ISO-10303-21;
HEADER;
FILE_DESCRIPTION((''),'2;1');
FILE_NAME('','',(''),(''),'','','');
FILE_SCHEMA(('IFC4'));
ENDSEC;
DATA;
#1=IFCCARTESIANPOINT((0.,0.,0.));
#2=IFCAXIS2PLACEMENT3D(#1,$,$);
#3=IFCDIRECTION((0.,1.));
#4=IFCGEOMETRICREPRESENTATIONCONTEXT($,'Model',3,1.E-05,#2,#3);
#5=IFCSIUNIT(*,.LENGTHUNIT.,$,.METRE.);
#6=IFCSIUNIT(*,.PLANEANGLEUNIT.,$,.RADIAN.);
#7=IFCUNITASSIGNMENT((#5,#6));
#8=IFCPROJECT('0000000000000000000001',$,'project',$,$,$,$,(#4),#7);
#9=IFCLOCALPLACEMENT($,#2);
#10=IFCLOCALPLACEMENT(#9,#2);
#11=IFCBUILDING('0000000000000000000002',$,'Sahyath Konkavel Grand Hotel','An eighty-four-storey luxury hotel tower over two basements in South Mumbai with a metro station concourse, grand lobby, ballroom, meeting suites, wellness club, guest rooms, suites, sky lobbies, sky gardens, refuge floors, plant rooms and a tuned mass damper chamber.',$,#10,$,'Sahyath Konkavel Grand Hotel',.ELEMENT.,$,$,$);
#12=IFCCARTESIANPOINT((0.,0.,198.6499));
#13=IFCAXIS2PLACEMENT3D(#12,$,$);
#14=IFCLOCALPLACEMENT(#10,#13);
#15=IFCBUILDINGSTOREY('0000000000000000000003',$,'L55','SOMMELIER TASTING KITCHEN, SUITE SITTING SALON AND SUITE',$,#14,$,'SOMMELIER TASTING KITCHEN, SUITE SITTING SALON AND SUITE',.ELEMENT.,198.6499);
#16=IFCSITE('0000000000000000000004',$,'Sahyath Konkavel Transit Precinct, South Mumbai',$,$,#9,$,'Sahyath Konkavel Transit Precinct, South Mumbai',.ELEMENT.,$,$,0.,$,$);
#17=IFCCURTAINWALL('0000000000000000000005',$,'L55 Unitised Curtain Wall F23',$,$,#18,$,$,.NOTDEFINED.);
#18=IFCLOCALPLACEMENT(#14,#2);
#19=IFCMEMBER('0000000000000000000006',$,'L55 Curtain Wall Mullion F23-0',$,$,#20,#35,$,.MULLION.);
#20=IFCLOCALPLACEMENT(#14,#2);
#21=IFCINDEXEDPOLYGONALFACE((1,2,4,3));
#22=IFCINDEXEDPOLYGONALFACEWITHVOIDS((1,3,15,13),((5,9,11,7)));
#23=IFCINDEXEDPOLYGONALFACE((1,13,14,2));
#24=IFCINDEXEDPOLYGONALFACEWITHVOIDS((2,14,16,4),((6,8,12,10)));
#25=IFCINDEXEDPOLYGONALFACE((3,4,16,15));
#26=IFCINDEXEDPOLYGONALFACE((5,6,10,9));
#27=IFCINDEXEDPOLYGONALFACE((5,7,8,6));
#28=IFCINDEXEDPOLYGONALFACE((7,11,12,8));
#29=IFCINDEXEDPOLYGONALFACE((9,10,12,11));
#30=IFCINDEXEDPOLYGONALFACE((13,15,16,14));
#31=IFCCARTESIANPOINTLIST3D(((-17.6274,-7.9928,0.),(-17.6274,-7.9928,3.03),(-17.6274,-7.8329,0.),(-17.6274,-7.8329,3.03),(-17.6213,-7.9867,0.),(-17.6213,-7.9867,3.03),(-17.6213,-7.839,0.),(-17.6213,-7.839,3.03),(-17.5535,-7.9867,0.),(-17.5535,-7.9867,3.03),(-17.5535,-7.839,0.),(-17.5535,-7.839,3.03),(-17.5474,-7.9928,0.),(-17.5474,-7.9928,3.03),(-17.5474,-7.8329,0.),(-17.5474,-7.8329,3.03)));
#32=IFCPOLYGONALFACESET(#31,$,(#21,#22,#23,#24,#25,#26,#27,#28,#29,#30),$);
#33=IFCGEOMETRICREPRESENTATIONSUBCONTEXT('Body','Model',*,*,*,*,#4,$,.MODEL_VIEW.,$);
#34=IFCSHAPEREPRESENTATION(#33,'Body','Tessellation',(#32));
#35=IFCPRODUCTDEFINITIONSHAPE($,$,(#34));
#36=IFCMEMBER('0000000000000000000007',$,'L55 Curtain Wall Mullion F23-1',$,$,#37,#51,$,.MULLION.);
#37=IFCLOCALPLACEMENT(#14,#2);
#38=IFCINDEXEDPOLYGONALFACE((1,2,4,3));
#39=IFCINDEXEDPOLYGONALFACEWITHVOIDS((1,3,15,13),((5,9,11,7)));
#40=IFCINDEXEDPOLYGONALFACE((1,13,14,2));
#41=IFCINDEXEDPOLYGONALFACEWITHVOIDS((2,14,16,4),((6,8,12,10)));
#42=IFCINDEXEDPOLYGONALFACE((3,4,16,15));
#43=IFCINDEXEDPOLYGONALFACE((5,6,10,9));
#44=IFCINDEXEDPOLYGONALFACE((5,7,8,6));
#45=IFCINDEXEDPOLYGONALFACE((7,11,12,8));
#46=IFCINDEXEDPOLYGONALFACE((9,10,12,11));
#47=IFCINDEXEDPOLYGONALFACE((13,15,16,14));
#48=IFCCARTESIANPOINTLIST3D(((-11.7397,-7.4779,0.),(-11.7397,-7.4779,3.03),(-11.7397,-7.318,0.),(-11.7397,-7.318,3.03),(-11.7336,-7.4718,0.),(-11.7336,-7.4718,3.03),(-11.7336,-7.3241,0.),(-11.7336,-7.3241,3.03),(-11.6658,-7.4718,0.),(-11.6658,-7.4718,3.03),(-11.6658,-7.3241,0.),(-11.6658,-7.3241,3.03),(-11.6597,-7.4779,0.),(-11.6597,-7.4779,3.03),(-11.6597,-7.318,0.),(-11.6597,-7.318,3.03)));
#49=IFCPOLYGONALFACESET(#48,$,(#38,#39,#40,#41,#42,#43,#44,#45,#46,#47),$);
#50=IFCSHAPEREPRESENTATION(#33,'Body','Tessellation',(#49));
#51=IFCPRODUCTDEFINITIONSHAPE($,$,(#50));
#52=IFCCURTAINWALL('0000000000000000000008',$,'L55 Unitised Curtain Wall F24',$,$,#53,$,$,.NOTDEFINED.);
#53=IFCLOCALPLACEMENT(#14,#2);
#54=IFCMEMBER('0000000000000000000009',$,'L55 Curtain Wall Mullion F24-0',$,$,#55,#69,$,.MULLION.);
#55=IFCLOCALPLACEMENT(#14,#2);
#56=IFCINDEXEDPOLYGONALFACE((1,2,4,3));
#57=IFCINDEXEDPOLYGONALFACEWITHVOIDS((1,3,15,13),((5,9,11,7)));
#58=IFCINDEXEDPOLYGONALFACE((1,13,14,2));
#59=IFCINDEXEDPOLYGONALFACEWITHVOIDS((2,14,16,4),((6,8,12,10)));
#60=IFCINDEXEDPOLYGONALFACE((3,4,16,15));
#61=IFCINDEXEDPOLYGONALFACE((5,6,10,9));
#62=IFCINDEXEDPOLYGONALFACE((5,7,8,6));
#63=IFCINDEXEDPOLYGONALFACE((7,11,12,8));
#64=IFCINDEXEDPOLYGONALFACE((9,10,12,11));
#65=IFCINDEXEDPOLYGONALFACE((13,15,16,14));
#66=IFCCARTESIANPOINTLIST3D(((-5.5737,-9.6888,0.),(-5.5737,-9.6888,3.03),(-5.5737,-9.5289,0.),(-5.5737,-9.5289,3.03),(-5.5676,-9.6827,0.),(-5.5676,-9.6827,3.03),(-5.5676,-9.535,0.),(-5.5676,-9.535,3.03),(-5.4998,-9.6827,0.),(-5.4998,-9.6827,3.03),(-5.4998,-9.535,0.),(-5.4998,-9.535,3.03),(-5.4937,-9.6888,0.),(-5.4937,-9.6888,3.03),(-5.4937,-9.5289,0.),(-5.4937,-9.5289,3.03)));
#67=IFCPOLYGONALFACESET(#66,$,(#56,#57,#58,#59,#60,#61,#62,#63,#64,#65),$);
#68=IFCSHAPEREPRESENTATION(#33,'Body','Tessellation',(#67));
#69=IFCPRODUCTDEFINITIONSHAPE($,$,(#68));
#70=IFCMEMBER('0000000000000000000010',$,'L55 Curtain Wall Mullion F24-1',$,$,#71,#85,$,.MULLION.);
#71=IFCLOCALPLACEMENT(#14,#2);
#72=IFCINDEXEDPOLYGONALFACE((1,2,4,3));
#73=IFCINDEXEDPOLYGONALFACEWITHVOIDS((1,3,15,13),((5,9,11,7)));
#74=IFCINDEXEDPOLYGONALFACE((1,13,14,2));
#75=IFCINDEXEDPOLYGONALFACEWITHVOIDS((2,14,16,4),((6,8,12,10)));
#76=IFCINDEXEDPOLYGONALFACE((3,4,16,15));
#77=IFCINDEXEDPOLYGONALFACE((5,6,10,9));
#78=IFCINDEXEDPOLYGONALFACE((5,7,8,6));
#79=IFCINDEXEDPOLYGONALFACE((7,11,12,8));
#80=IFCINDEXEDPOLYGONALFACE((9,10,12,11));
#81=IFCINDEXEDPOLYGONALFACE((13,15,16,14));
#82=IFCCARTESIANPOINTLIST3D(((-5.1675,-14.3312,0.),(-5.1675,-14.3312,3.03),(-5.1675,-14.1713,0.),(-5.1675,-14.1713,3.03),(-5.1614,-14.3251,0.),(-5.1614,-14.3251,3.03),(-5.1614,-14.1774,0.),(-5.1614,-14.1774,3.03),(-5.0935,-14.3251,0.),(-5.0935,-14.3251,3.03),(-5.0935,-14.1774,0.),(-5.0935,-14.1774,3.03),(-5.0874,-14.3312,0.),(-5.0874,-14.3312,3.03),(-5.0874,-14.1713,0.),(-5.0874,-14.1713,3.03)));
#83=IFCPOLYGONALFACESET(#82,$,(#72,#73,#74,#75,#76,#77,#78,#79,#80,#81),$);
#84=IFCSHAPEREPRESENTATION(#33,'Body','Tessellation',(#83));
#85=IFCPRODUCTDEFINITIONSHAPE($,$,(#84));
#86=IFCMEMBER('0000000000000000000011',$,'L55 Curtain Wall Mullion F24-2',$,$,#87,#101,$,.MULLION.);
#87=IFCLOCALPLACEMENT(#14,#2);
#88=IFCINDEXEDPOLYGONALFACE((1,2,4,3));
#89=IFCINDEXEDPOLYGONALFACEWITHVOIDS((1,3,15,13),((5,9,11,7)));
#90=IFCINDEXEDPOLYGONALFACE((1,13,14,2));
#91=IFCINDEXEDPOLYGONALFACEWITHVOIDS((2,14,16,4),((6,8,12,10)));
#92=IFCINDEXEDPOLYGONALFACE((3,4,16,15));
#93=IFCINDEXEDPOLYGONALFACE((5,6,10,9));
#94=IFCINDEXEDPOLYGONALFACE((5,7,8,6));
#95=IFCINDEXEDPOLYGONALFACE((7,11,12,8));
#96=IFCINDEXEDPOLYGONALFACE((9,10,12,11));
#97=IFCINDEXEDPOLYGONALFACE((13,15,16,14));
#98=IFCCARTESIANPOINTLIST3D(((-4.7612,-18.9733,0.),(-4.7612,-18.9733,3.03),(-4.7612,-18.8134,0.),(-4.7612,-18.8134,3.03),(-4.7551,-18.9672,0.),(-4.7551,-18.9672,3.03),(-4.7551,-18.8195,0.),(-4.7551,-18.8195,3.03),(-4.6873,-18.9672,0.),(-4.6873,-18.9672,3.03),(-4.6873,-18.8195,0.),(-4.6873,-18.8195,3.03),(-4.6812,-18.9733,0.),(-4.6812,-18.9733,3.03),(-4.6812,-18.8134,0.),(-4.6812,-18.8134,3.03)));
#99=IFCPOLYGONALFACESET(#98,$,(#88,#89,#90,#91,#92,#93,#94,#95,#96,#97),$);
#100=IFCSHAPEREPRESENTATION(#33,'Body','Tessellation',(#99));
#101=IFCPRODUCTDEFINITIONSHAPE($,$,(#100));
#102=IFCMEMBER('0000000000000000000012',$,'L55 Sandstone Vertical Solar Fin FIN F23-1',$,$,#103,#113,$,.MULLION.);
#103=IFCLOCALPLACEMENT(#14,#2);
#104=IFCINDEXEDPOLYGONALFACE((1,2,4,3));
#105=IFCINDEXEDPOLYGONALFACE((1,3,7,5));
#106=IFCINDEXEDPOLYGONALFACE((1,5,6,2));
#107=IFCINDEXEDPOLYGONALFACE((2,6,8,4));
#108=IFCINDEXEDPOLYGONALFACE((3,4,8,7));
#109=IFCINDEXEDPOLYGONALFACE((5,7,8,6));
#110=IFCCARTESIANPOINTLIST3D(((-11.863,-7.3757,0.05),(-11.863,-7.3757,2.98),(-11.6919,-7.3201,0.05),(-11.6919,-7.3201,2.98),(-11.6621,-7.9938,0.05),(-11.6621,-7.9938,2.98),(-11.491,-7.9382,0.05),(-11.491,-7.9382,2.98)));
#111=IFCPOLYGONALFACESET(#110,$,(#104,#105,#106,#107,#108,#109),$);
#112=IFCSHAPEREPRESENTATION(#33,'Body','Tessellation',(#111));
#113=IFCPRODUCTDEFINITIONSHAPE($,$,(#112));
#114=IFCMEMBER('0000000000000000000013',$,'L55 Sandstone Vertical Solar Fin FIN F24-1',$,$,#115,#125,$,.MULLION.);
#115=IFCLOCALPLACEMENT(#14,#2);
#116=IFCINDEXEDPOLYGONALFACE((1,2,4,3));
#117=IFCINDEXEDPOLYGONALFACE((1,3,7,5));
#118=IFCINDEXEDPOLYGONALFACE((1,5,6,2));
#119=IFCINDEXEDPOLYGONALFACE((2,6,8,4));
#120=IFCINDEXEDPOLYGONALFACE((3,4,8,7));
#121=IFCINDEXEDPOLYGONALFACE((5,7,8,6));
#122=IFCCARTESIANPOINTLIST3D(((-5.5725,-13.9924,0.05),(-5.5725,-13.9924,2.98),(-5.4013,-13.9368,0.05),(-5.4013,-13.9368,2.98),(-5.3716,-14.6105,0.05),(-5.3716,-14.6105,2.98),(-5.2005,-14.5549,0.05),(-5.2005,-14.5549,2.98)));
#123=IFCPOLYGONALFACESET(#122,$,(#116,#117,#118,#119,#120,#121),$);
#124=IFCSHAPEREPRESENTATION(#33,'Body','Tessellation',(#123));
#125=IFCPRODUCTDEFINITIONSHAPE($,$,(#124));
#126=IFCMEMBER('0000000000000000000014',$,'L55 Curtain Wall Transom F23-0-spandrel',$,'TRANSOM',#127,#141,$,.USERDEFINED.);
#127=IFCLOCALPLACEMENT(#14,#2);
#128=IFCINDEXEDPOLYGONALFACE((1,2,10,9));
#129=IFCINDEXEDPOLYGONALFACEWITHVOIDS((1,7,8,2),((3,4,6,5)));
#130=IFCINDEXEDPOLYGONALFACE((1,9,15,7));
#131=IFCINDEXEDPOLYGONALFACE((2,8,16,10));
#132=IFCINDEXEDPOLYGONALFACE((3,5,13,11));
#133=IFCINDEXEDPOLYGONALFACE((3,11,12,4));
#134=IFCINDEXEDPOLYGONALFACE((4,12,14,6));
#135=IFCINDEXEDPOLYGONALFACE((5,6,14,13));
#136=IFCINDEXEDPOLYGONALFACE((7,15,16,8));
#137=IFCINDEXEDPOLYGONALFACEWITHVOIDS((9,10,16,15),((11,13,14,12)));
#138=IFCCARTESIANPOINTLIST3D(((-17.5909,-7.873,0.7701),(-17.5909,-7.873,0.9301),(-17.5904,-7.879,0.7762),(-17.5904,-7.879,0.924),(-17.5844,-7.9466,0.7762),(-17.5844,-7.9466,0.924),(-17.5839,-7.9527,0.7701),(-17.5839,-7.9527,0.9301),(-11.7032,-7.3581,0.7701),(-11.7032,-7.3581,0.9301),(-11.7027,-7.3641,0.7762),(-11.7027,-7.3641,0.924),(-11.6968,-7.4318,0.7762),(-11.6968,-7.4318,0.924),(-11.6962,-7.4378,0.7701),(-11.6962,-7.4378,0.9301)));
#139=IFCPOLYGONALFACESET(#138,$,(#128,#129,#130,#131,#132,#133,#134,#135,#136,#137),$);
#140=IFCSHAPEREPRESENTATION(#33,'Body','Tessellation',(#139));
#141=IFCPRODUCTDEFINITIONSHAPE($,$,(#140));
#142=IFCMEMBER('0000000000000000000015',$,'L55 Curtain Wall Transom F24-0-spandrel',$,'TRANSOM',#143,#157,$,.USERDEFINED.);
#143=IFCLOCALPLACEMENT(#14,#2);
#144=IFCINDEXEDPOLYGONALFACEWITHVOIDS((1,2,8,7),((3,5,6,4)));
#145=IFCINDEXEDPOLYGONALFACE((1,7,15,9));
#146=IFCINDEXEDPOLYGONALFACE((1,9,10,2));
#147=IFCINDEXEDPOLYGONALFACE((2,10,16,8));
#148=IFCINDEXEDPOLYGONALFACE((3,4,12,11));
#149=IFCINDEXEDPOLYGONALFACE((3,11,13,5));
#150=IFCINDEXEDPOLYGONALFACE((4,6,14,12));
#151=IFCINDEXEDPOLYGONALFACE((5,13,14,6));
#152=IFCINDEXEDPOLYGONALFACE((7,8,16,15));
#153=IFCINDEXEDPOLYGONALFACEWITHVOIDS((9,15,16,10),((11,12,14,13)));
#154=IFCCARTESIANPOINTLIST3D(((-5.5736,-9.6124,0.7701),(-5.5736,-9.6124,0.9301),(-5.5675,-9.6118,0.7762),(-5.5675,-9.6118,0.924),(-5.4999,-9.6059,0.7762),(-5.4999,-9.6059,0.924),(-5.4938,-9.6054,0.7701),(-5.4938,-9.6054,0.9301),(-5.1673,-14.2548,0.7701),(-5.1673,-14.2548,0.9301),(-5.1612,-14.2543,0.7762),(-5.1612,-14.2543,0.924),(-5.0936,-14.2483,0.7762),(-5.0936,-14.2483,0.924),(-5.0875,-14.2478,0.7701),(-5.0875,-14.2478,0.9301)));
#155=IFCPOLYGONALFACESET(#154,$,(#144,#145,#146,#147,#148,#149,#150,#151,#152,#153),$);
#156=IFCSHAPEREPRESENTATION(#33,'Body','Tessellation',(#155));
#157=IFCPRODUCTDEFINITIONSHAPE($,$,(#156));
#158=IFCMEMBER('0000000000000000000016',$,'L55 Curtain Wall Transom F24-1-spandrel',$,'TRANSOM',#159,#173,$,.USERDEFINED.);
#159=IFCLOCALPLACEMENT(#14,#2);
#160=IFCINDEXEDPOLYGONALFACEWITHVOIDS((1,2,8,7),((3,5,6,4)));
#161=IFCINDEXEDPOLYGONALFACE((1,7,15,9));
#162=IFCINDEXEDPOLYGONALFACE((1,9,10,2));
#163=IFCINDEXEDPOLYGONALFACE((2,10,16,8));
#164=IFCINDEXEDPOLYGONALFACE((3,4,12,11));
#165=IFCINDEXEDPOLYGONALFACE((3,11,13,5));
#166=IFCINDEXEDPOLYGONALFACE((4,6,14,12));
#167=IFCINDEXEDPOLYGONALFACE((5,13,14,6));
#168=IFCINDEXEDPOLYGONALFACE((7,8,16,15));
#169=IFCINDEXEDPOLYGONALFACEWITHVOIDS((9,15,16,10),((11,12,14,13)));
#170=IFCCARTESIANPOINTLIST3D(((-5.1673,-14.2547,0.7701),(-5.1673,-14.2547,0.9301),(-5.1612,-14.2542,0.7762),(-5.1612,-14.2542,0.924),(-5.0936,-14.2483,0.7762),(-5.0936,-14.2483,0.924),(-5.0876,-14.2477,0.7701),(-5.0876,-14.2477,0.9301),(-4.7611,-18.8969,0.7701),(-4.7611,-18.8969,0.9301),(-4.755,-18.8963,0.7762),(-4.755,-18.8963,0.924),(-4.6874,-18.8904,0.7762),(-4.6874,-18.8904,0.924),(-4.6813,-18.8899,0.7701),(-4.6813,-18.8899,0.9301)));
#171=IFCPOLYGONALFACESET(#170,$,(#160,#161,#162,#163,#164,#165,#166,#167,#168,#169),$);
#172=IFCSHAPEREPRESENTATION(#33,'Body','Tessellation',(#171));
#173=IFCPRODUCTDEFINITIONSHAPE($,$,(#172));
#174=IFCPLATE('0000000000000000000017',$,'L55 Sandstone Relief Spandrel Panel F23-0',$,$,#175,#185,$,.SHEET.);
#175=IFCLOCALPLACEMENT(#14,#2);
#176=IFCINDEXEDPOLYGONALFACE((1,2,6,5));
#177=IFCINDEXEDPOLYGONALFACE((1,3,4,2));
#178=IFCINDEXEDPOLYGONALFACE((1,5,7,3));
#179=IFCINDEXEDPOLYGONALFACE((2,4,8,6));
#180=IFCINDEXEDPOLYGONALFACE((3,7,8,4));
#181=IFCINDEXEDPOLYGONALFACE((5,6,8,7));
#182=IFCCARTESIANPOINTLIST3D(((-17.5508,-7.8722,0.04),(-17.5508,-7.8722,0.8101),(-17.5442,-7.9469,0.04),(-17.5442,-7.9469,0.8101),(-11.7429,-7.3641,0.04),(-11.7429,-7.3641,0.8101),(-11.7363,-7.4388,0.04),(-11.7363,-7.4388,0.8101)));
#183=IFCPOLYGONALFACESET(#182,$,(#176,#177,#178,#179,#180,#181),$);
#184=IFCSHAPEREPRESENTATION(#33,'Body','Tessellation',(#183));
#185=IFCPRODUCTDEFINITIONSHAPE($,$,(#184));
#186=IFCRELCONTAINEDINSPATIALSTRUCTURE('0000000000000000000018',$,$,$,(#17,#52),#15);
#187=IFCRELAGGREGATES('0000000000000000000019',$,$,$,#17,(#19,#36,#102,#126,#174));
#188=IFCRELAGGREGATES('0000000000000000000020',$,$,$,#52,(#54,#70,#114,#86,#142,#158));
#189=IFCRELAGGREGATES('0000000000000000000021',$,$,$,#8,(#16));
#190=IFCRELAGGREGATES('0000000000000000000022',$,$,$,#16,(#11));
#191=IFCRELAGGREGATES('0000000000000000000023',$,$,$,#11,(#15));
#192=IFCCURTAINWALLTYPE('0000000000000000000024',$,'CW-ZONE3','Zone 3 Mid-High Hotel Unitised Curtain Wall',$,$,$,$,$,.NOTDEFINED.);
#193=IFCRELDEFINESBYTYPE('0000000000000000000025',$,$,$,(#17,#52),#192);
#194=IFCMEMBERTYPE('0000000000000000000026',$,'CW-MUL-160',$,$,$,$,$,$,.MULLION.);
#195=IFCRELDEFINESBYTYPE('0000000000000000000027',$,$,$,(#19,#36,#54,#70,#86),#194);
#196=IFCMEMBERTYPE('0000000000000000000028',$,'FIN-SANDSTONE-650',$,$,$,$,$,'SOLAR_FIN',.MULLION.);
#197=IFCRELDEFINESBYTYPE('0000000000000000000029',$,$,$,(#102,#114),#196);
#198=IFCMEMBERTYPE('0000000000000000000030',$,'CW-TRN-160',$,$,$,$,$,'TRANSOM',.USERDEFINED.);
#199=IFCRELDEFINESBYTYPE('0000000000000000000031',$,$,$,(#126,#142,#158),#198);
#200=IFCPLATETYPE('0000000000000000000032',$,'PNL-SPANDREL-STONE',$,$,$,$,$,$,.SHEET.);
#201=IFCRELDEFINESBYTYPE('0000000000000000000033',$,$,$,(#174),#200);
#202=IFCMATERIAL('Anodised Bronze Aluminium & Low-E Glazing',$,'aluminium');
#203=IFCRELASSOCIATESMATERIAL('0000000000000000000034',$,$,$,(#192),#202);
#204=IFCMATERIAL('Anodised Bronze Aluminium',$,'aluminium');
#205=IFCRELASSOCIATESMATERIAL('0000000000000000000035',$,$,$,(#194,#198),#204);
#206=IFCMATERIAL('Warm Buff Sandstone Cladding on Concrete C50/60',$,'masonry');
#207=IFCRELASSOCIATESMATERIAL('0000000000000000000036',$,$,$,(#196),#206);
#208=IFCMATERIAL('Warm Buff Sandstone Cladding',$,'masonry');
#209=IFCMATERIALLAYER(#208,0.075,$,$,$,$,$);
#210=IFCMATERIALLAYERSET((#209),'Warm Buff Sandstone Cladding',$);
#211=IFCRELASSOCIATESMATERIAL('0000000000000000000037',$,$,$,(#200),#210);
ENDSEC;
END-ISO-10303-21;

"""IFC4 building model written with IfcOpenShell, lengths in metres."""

from ifc_helpers import new_model, si_unit, direction, frame, origin, origin_2d, place, context, subcontext, project, spatial, rectangle, hollow_rectangle, extrude, source, transform, mapped, material, layer, layer_set, material_profile, profile_set, type_object, element, aggregate, save


model = new_model("IFC4")

# Units and contexts
model_context = context("Model", 3, precision=1e-05, world=origin(), true_north=direction((0.0, 1.0)))
body_context = subcontext(model_context, "Body", "Model", "MODEL_VIEW")
ifc_project = project(units=[si_unit("LENGTHUNIT", "METRE"), si_unit("PLANEANGLEUNIT", "RADIAN")], contexts=[model_context])

# Site, building, storey
site_placement = place(None, origin())
site = spatial("IfcSite", under=ifc_project, at=site_placement, Name="Sahyath Konkavel Transit Precinct, South Mumbai", LongName="Sahyath Konkavel Transit Precinct, South Mumbai", CompositionType="ELEMENT", RefElevation=0.0)
building_placement = place(site_placement, origin())
building = spatial("IfcBuilding", under=site, at=building_placement, Name="Sahyath Konkavel Grand Hotel", Description="An eighty-four-storey luxury hotel tower over two basements in South Mumbai with a metro station concourse, grand lobby, ballroom, meeting suites, wellness club, guest rooms, suites, sky lobbies, sky gardens, refuge floors, plant rooms and a tuned mass damper chamber.", LongName="Sahyath Konkavel Grand Hotel", CompositionType="ELEMENT")
storey_placement = place(building_placement, frame((0.0, 0.0, 198.6499)))
storey = spatial("IfcBuildingStorey", under=building, at=storey_placement, Name="L55", Description="SOMMELIER TASTING KITCHEN, SUITE SITTING SALON AND SUITE", LongName="SOMMELIER TASTING KITCHEN, SUITE SITTING SALON AND SUITE", CompositionType="ELEMENT", Elevation=198.6499)

# Curtain walls, members
ifc_material_1 = material(Name="Anodised Bronze Aluminium & Low-E Glazing", Category="aluminium")
curtain_wall_type = type_object("IfcCurtainWallType", Name="CW-ZONE3", Description="Zone 3 Mid-High Hotel Unitised Curtain Wall", PredefinedType="NOTDEFINED", material=ifc_material_1)
curtain_wall_1_placement = place(storey_placement, origin())
curtain_wall_1 = element("IfcCurtainWall", 1, at=curtain_wall_1_placement, inside=storey, type_object=curtain_wall_type, Name="L55 Unitised Curtain Wall F23", PredefinedType="NOTDEFINED")
ifc_material_2 = material(Name="Anodised Bronze Aluminium", Category="aluminium")
ifc_material_profile_1 = material_profile(ifc_material_2, hollow_rectangle(XDim=0.0801, YDim=0.1599, WallThickness=0.0061, at=origin_2d()), Name="RHS 160x80x6")
ifc_profile_set_1 = profile_set([ifc_material_profile_1], Name="Anodised Bronze Aluminium")
member_type_1 = type_object("IfcMemberType", Name="CW-MUL-160", PredefinedType="MULLION", material=ifc_profile_set_1)
shared_shape_1 = source(origin(), body_context, "Body", "SweptSolid", [
    extrude(hollow_rectangle(XDim=0.0801, YDim=0.1599, WallThickness=0.0061, at=origin_2d()), origin(), (0.0, 0.0, 1.0), 3.03),
])
member_1_placement = place(storey_placement, frame((-17.5874, -7.9128, 0.0), z_axis=(0.0, 0.0, 1.0), x_axis=(1.0, 0.0, 0.0)))
member_1 = element("IfcMember", 2, at=member_1_placement, type_object=member_type_1, Name="L55 Curtain Wall Mullion F23-0", PredefinedType="MULLION", context=body_context, shape_type="MappedRepresentation", body=[
    mapped(shared_shape_1, transform((0.0, 0.0, 0.0), scale=1.0)),
])
member_2_placement = place(storey_placement, frame((-11.6997, -7.3979, 0.0), z_axis=(0.0, 0.0, 1.0), x_axis=(1.0, 0.0, 0.0)))
member_2 = element("IfcMember", 3, at=member_2_placement, type_object=member_type_1, Name="L55 Curtain Wall Mullion F23-1", PredefinedType="MULLION", context=body_context, shape_type="MappedRepresentation", body=[
    mapped(shared_shape_1, transform((0.0, 0.0, 0.0), scale=1.0)),
])
curtain_wall_2_placement = place(storey_placement, origin())
curtain_wall_2 = element("IfcCurtainWall", 4, at=curtain_wall_2_placement, inside=storey, type_object=curtain_wall_type, Name="L55 Unitised Curtain Wall F24", PredefinedType="NOTDEFINED")
member_3_placement = place(storey_placement, frame((-5.5337, -9.6089, 0.0), z_axis=(0.0, 0.0, 1.0), x_axis=(1.0, 0.0, 0.0)))
member_3 = element("IfcMember", 5, at=member_3_placement, type_object=member_type_1, Name="L55 Curtain Wall Mullion F24-0", PredefinedType="MULLION", context=body_context, shape_type="MappedRepresentation", body=[
    mapped(shared_shape_1, transform((0.0, 0.0, 0.0), scale=1.0)),
])
member_4_placement = place(storey_placement, frame((-5.1274, -14.2512, 0.0), z_axis=(0.0, 0.0, 1.0), x_axis=(1.0, 0.0, 0.0)))
member_4 = element("IfcMember", 6, at=member_4_placement, type_object=member_type_1, Name="L55 Curtain Wall Mullion F24-1", PredefinedType="MULLION", context=body_context, shape_type="MappedRepresentation", body=[
    mapped(shared_shape_1, transform((0.0, 0.0, 0.0), scale=1.0)),
])
member_5_placement = place(storey_placement, frame((-4.7212, -18.8933, 0.0), z_axis=(0.0, 0.0, 1.0), x_axis=(1.0, 0.0, 0.0)))
member_5 = element("IfcMember", 7, at=member_5_placement, type_object=member_type_1, Name="L55 Curtain Wall Mullion F24-2", PredefinedType="MULLION", context=body_context, shape_type="MappedRepresentation", body=[
    mapped(shared_shape_1, transform((0.0, 0.0, 0.0), scale=1.0)),
])

# Members
ifc_material_3 = material(Name="Warm Buff Sandstone Cladding on Concrete C50/60", Category="masonry")
ifc_material_profile_2 = material_profile(ifc_material_3, rectangle(XDim=0.1799, YDim=0.6499, at=origin_2d()), Name="FIN 180x650")
ifc_profile_set_2 = profile_set([ifc_material_profile_2], Name="Warm Buff Sandstone Cladding on Concrete C50/60")
member_type_2 = type_object("IfcMemberType", Name="FIN-SANDSTONE-650", ElementType="SOLAR_FIN", PredefinedType="MULLION", material=ifc_profile_set_2)
shared_shape_2 = source(origin(), body_context, "Body", "SweptSolid", [
    extrude(rectangle(XDim=0.1799, YDim=0.6499, at=origin_2d()), origin(), (0.0, 0.0, 1.0), 2.9299),
])
member_6_placement = place(storey_placement, frame((-11.677, -7.657, 0.05), z_axis=(0.0, 0.0, 1.0), x_axis=(0.951057, 0.309017, 0.0)))
member_6 = element("IfcMember", 8, at=member_6_placement, type_object=member_type_2, Name="L55 Sandstone Vertical Solar Fin FIN F23-1", PredefinedType="MULLION", context=body_context, shape_type="MappedRepresentation", body=[
    mapped(shared_shape_2, transform((0.0, 0.0, 0.0), scale=1.0)),
])
member_7_placement = place(storey_placement, frame((-5.3865, -14.2737, 0.05), z_axis=(0.0, 0.0, 1.0), x_axis=(0.951057, 0.309017, 0.0)))
member_7 = element("IfcMember", 9, at=member_7_placement, type_object=member_type_2, Name="L55 Sandstone Vertical Solar Fin FIN F24-1", PredefinedType="MULLION", context=body_context, shape_type="MappedRepresentation", body=[
    mapped(shared_shape_2, transform((0.0, 0.0, 0.0), scale=1.0)),
])
ifc_material_profile_3 = material_profile(ifc_material_2, hollow_rectangle(XDim=0.0801, YDim=0.1599, WallThickness=0.0061, at=origin_2d()), Name="RHS 160x80x6")
ifc_profile_set_3 = profile_set([ifc_material_profile_3], Name="Anodised Bronze Aluminium")
member_type_3 = type_object("IfcMemberType", Name="CW-TRN-160", ElementType="TRANSOM", PredefinedType="USERDEFINED", material=ifc_profile_set_3)
shared_shape_3 = source(origin(), body_context, "Body", "SweptSolid", [
    extrude(hollow_rectangle(XDim=0.0801, YDim=0.1599, WallThickness=0.0061, at=origin_2d()), origin(), (0.0, 0.0, 1.0), 5.9102),
])
member_8_placement = place(storey_placement, frame((-17.5874, -7.9128, 0.8501), z_axis=(0.996198, 0.08712, 0.0), x_axis=(-0.08712, 0.996198, 0.0)))
member_8 = element("IfcMember", 10, at=member_8_placement, type_object=member_type_3, Name="L55 Curtain Wall Transom F23-0-spandrel", ObjectType="TRANSOM", PredefinedType="USERDEFINED", context=body_context, shape_type="MappedRepresentation", body=[
    mapped(shared_shape_3, transform((0.0, 0.0, 0.0), scale=1.0)),
])
shared_shape_4 = source(origin(), body_context, "Body", "SweptSolid", [
    extrude(hollow_rectangle(XDim=0.0801, YDim=0.1599, WallThickness=0.0061, at=origin_2d()), origin(), (0.0, 0.0, 1.0), 4.6602),
])
member_9_placement = place(storey_placement, frame((-5.5337, -9.6089, 0.8501), z_axis=(0.087177, -0.996193, 0.0), x_axis=(0.996193, 0.087177, 0.0)))
member_9 = element("IfcMember", 11, at=member_9_placement, type_object=member_type_3, Name="L55 Curtain Wall Transom F24-0-spandrel", ObjectType="TRANSOM", PredefinedType="USERDEFINED", context=body_context, shape_type="MappedRepresentation", body=[
    mapped(shared_shape_4, transform((0.0, 0.0, 0.0), scale=1.0)),
])
shared_shape_5 = source(origin(), body_context, "Body", "SweptSolid", [
    extrude(hollow_rectangle(XDim=0.0801, YDim=0.1599, WallThickness=0.0061, at=origin_2d()), origin(), (0.0, 0.0, 1.0), 4.6599),
])
member_10_placement = place(storey_placement, frame((-5.1274, -14.2512, 0.8501), z_axis=(0.087181, -0.996192, 0.0), x_axis=(0.996192, 0.087181, 0.0)))
member_10 = element("IfcMember", 12, at=member_10_placement, type_object=member_type_3, Name="L55 Curtain Wall Transom F24-1-spandrel", ObjectType="TRANSOM", PredefinedType="USERDEFINED", context=body_context, shape_type="MappedRepresentation", body=[
    mapped(shared_shape_5, transform((0.0, 0.0, 0.0), scale=1.0)),
])

# Plate
ifc_material_4 = material(Name="Warm Buff Sandstone Cladding", Category="masonry")
ifc_layer_1 = layer(ifc_material_4, 0.075)
ifc_layer_set_1 = layer_set([ifc_layer_1], Name="Warm Buff Sandstone Cladding")
plate_type_1 = type_object("IfcPlateType", Name="PNL-SPANDREL-STONE", PredefinedType="SHEET", material=ifc_layer_set_1)
shared_shape_6 = source(origin(), body_context, "Body", "SweptSolid", [
    extrude(rectangle(XDim=5.8301, YDim=0.075, at=origin_2d()), origin(), (0.0, 0.0, 1.0), 0.77),
])
plate_1_placement = place(storey_placement, frame((-14.6436, -7.6555, 0.04), z_axis=(0.0, 0.0, 1.0), x_axis=(0.996195, 0.087156, 0.0)))
plate_1 = element("IfcPlate", 13, at=plate_1_placement, type_object=plate_type_1, Name="L55 Sandstone Relief Spandrel Panel F23-0", PredefinedType="SHEET", context=body_context, shape_type="MappedRepresentation", body=[
    mapped(shared_shape_6, transform((0.0, 0.0, 0.0), scale=1.0)),
])
aggregate(curtain_wall_1, [member_1, member_2, member_6, member_8, plate_1])
aggregate(curtain_wall_2, [member_3, member_4, member_7, member_5, member_9, member_10])

save(model, "model.ifc")
